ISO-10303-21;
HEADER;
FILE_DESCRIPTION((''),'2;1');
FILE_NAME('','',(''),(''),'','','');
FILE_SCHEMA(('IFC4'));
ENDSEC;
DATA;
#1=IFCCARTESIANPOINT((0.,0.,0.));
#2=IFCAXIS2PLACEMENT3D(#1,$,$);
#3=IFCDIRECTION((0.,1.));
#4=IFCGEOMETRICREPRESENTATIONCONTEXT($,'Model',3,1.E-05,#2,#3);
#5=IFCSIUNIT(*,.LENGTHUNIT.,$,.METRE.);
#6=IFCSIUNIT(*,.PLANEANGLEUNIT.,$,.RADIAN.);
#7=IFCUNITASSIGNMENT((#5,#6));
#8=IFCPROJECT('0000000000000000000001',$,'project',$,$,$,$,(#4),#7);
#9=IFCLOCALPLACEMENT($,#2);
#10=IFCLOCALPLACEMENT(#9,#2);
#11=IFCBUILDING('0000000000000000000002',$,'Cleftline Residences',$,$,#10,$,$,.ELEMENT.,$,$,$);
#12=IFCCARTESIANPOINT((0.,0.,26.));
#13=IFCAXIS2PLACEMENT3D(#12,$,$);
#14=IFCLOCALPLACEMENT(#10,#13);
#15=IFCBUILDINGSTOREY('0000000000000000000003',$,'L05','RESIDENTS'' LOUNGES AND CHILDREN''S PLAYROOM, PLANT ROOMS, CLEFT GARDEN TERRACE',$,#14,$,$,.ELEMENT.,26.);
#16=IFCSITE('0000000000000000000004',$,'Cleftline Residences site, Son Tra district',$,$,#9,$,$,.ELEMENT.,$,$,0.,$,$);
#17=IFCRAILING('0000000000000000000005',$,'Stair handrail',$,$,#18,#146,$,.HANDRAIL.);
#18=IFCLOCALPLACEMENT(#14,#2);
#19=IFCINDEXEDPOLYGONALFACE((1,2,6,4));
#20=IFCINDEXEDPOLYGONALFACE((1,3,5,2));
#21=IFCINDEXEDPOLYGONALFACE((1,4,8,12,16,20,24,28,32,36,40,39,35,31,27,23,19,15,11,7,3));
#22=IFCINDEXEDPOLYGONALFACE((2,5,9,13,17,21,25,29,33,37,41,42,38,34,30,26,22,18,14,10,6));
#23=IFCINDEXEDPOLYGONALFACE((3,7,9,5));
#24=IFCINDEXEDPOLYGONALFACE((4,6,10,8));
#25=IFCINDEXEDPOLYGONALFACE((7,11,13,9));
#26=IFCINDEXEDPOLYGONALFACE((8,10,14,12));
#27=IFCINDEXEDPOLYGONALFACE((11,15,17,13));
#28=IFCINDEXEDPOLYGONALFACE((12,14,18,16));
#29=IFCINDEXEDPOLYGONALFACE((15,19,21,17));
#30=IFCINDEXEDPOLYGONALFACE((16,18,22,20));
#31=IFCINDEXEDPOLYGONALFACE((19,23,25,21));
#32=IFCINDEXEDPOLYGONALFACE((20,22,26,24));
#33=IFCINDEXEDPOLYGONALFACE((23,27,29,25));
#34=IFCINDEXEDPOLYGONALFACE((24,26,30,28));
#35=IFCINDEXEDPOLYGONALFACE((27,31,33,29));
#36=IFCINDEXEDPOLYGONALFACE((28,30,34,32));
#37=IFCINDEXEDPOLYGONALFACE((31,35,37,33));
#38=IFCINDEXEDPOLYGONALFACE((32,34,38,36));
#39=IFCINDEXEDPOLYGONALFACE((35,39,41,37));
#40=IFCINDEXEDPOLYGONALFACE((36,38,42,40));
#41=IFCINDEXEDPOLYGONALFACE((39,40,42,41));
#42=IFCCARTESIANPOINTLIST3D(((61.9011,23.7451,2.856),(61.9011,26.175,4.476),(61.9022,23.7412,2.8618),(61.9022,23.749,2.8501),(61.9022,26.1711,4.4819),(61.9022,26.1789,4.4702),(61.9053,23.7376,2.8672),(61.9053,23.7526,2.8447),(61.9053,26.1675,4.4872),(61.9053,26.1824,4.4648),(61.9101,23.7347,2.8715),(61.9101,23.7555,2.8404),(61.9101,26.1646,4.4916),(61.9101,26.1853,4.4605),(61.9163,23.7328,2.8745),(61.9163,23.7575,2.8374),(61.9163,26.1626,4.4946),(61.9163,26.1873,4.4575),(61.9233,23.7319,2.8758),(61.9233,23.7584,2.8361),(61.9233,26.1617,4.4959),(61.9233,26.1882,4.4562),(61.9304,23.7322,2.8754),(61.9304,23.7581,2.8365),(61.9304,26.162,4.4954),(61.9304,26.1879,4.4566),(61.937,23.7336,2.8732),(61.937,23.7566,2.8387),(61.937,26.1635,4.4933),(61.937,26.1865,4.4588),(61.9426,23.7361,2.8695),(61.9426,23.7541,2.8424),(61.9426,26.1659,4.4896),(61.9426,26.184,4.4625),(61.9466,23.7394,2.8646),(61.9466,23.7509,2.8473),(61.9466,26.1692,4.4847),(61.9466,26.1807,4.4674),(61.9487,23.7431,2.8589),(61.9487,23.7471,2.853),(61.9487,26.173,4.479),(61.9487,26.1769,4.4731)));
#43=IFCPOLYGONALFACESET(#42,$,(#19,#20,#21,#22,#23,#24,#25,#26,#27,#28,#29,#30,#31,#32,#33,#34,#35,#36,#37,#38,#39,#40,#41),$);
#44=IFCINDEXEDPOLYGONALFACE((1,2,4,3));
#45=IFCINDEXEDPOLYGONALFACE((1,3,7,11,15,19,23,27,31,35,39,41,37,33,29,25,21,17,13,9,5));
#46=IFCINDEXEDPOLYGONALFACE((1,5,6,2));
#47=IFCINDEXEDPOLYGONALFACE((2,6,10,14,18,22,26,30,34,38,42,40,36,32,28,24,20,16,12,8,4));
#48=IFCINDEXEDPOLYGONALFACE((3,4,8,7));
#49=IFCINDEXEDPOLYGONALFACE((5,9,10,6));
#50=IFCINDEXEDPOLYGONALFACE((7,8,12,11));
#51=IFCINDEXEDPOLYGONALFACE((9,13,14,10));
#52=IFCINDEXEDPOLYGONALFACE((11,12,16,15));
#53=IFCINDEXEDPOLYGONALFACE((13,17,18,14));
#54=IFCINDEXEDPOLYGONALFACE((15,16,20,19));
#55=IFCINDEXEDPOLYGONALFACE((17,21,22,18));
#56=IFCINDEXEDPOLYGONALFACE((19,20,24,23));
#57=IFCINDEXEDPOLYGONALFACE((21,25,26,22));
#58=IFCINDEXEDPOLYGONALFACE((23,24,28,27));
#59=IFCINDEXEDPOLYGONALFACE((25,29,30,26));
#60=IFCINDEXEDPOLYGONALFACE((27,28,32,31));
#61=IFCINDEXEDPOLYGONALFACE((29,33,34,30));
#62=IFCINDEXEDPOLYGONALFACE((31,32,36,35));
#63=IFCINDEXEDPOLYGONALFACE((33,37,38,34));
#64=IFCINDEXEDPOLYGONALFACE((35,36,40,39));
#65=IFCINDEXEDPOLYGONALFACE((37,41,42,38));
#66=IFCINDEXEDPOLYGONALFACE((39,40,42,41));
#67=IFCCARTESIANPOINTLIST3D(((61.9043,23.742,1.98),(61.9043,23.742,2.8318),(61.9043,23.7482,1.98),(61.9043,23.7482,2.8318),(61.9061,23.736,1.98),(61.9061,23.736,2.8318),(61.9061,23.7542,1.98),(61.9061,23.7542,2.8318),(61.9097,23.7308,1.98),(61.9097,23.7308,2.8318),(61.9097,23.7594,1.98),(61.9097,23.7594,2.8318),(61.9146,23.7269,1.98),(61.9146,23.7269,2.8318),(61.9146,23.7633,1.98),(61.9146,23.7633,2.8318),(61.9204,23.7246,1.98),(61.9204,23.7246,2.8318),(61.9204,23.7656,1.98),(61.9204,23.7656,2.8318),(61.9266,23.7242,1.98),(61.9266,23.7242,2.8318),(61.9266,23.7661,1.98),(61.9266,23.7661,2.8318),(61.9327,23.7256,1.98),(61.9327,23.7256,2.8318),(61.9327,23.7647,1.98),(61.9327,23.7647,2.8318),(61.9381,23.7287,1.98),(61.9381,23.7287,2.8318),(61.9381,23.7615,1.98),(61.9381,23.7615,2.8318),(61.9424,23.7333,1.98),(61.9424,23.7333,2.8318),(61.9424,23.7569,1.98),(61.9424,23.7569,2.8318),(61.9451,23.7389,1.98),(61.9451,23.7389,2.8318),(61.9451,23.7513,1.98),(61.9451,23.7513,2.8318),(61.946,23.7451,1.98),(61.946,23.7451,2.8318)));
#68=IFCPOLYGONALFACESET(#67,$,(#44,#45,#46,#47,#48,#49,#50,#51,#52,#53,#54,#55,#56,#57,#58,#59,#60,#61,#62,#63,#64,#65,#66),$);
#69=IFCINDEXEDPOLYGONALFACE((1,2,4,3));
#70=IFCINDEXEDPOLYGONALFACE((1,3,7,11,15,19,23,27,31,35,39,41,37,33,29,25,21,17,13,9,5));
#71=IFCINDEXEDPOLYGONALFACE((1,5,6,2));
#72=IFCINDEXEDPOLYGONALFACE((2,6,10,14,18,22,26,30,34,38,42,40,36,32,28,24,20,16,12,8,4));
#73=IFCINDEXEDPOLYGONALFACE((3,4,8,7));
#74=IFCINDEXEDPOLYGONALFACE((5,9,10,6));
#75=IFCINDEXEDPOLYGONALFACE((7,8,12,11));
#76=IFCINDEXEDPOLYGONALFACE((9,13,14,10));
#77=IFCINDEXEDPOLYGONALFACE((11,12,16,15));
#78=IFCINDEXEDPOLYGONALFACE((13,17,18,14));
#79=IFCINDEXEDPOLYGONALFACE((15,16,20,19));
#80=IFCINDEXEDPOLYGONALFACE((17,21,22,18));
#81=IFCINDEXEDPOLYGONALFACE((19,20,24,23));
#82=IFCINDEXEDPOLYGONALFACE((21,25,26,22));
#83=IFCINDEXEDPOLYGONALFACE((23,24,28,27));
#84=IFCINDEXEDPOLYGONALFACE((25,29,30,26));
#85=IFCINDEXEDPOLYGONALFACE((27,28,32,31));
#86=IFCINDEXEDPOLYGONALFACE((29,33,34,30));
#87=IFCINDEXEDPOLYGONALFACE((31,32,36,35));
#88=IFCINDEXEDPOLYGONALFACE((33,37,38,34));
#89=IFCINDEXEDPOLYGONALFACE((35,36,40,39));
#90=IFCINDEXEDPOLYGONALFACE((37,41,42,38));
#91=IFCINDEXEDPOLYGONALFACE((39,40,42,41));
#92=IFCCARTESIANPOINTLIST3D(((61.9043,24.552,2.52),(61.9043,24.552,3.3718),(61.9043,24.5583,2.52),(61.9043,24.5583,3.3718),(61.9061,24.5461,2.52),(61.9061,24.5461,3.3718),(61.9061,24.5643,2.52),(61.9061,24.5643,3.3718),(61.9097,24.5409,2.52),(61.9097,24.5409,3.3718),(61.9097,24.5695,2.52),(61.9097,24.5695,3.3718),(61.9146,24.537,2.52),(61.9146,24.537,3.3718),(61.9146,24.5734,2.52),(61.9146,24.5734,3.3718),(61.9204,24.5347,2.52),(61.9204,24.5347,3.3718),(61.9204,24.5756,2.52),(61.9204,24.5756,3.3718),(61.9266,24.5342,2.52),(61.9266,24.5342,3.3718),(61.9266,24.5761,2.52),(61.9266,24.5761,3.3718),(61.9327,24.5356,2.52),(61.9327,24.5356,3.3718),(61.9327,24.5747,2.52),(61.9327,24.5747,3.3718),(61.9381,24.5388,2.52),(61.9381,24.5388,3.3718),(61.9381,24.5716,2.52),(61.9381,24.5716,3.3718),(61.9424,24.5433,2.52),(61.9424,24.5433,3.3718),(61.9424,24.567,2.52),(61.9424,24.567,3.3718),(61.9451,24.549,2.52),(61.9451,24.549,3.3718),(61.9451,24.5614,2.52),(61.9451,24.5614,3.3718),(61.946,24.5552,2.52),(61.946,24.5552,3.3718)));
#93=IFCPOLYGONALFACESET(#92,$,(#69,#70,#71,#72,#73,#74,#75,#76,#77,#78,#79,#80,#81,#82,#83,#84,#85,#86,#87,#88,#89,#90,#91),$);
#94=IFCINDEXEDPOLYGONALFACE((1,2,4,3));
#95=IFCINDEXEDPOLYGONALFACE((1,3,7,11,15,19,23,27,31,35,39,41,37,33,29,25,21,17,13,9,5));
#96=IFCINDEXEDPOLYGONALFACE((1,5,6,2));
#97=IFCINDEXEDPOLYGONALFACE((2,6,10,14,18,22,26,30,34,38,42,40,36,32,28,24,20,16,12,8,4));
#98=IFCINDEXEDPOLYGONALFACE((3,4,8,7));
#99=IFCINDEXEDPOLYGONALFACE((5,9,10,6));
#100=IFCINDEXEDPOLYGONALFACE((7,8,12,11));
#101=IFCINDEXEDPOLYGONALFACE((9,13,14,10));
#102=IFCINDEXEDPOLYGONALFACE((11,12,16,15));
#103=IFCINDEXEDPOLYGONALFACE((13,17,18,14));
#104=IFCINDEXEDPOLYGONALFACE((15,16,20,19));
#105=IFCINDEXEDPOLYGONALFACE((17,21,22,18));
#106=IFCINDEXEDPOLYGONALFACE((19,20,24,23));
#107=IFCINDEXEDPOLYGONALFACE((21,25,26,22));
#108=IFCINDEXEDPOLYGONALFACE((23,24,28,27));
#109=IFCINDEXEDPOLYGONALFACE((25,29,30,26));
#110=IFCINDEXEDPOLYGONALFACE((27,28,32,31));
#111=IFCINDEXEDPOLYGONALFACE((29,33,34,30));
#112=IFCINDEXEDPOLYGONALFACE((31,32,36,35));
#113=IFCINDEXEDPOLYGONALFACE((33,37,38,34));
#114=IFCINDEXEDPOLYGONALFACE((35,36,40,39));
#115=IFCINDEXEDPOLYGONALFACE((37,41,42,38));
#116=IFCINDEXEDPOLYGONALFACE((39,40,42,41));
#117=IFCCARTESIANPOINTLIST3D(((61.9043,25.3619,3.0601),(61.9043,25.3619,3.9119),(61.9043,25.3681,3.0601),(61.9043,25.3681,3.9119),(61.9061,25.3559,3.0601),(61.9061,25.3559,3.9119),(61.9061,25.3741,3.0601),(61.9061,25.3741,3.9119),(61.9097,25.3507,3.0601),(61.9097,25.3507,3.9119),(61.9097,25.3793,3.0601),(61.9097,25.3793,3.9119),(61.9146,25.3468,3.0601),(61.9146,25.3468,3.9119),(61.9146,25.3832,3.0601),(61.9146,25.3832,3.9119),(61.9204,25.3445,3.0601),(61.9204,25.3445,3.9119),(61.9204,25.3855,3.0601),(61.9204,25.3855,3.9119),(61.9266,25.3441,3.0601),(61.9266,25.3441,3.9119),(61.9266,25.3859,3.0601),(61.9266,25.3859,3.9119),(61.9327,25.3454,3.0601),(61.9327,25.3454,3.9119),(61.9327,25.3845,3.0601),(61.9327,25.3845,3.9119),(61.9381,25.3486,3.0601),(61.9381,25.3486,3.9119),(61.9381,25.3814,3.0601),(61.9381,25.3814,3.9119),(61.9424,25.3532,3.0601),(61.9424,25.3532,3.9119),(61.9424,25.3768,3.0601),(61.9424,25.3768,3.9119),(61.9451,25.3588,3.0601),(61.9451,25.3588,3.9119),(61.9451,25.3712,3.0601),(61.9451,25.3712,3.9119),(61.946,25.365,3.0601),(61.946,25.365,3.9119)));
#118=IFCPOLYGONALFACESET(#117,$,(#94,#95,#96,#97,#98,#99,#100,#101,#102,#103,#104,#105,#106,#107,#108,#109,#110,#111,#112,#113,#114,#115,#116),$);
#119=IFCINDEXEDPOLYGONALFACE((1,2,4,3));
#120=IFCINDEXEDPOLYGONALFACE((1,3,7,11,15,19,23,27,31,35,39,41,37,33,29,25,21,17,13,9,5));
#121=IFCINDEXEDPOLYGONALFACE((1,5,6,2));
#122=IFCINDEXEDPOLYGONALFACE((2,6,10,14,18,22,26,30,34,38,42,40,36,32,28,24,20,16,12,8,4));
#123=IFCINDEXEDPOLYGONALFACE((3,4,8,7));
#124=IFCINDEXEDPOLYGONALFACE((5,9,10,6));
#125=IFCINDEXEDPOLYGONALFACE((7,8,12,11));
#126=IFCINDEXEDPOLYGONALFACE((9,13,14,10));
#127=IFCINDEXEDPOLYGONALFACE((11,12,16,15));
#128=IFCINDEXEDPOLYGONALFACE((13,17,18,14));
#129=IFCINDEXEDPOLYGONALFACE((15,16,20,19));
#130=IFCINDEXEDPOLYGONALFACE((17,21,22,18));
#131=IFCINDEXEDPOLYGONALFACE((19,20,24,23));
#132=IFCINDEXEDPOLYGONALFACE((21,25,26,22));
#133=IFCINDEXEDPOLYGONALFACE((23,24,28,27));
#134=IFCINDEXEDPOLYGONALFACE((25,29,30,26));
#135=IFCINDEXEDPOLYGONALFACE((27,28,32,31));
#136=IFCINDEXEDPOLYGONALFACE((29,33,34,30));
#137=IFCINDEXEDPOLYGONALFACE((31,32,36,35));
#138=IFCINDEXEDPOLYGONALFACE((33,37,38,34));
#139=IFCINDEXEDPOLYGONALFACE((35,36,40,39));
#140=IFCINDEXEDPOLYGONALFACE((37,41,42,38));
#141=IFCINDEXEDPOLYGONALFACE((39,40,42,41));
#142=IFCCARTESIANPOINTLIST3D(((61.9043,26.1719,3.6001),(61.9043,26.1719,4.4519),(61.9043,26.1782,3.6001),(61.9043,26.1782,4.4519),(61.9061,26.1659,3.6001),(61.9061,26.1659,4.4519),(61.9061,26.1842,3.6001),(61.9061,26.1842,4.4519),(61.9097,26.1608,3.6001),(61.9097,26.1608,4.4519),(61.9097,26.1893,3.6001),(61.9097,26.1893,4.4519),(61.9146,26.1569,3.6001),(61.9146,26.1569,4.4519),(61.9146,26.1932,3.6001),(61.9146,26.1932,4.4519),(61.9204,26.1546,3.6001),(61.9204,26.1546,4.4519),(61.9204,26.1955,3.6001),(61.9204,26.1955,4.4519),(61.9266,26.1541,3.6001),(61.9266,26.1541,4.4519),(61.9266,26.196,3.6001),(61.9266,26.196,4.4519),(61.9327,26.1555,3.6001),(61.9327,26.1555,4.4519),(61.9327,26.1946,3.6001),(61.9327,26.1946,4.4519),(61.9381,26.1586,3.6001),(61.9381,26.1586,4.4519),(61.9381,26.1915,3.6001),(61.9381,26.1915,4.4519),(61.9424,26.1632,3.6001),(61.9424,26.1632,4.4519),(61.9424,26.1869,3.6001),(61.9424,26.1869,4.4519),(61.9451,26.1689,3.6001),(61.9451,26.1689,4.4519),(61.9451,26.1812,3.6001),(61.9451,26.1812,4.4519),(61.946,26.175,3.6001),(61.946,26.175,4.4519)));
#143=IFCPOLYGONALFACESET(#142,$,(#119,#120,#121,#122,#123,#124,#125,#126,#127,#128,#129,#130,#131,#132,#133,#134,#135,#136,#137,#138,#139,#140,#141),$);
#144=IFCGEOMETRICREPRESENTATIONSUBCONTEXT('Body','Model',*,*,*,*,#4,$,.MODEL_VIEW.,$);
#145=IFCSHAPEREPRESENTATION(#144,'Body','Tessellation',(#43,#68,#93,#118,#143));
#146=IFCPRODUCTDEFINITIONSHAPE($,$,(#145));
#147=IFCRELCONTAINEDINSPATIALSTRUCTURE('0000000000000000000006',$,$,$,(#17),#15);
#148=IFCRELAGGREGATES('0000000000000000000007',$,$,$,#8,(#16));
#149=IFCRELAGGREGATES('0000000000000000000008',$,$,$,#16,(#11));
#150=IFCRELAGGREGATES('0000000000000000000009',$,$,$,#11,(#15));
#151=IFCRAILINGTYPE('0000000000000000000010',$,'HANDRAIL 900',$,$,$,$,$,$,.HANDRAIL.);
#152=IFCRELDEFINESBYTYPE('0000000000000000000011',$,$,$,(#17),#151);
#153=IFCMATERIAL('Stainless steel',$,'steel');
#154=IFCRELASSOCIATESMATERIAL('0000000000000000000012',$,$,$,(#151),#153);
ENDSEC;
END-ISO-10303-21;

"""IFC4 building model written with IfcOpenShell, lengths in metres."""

from ifc_helpers import new_model, si_unit, direction, frame, origin, origin_2d, place, context, subcontext, project, spatial, circle, extrude, material, type_object, element, save


model = new_model("IFC4")

# Units and contexts
model_context = context("Model", 3, precision=1e-05, world=origin(), true_north=direction((0.0, 1.0)))
body_context = subcontext(model_context, "Body", "Model", "MODEL_VIEW")
ifc_project = project(units=[si_unit("LENGTHUNIT", "METRE"), si_unit("PLANEANGLEUNIT", "RADIAN")], contexts=[model_context])

# Site, building, storey
site_placement = place(None, origin())
site = spatial("IfcSite", under=ifc_project, at=site_placement, Name="Cleftline Residences site, Son Tra district", CompositionType="ELEMENT", RefElevation=0.0)
building_placement = place(site_placement, origin())
building = spatial("IfcBuilding", under=site, at=building_placement, Name="Cleftline Residences", CompositionType="ELEMENT")
storey_placement = place(building_placement, frame((0.0, 0.0, 26.0)))
storey = spatial("IfcBuildingStorey", under=building, at=storey_placement, Name="L05", Description="RESIDENTS' LOUNGES AND CHILDREN'S PLAYROOM, PLANT ROOMS, CLEFT GARDEN TERRACE", CompositionType="ELEMENT", Elevation=26.0)

# Railing
ifc_material_1 = material(Name="Stainless steel", Category="steel")
railing_type = type_object("IfcRailingType", Name="HANDRAIL 900", PredefinedType="HANDRAIL", material=ifc_material_1)
railing_placement = place(storey_placement, frame((61.925, 23.7451, 1.98)))
element("IfcRailing", 1, at=railing_placement, inside=storey, type_object=railing_type, Name="Stair handrail", PredefinedType="HANDRAIL", context=body_context, shape_type="SweptSolid", body=[
    extrude(circle(Radius=0.0239, at=origin_2d()), frame((0.0, 0.0, 0.876), z_axis=(0.0, 0.832025, 0.554739), x_axis=(-1.0, 0.0, 0.0)), (0.0, 0.0, 1.0), 2.9204),
    extrude(circle(Radius=0.021, at=origin_2d()), origin(), (0.0, 0.0, 1.0), 0.8518),
    extrude(circle(Radius=0.021, at=origin_2d()), frame((0.0, 0.8101, 0.54)), (0.0, 0.0, 1.0), 0.8518),
    extrude(circle(Radius=0.021, at=origin_2d()), frame((0.0, 1.6199, 1.0801)), (0.0, 0.0, 1.0), 0.8518),
    extrude(circle(Radius=0.021, at=origin_2d()), frame((0.0, 2.4299, 1.6201)), (0.0, 0.0, 1.0), 0.8518),
])

save(model, "model.ifc")
